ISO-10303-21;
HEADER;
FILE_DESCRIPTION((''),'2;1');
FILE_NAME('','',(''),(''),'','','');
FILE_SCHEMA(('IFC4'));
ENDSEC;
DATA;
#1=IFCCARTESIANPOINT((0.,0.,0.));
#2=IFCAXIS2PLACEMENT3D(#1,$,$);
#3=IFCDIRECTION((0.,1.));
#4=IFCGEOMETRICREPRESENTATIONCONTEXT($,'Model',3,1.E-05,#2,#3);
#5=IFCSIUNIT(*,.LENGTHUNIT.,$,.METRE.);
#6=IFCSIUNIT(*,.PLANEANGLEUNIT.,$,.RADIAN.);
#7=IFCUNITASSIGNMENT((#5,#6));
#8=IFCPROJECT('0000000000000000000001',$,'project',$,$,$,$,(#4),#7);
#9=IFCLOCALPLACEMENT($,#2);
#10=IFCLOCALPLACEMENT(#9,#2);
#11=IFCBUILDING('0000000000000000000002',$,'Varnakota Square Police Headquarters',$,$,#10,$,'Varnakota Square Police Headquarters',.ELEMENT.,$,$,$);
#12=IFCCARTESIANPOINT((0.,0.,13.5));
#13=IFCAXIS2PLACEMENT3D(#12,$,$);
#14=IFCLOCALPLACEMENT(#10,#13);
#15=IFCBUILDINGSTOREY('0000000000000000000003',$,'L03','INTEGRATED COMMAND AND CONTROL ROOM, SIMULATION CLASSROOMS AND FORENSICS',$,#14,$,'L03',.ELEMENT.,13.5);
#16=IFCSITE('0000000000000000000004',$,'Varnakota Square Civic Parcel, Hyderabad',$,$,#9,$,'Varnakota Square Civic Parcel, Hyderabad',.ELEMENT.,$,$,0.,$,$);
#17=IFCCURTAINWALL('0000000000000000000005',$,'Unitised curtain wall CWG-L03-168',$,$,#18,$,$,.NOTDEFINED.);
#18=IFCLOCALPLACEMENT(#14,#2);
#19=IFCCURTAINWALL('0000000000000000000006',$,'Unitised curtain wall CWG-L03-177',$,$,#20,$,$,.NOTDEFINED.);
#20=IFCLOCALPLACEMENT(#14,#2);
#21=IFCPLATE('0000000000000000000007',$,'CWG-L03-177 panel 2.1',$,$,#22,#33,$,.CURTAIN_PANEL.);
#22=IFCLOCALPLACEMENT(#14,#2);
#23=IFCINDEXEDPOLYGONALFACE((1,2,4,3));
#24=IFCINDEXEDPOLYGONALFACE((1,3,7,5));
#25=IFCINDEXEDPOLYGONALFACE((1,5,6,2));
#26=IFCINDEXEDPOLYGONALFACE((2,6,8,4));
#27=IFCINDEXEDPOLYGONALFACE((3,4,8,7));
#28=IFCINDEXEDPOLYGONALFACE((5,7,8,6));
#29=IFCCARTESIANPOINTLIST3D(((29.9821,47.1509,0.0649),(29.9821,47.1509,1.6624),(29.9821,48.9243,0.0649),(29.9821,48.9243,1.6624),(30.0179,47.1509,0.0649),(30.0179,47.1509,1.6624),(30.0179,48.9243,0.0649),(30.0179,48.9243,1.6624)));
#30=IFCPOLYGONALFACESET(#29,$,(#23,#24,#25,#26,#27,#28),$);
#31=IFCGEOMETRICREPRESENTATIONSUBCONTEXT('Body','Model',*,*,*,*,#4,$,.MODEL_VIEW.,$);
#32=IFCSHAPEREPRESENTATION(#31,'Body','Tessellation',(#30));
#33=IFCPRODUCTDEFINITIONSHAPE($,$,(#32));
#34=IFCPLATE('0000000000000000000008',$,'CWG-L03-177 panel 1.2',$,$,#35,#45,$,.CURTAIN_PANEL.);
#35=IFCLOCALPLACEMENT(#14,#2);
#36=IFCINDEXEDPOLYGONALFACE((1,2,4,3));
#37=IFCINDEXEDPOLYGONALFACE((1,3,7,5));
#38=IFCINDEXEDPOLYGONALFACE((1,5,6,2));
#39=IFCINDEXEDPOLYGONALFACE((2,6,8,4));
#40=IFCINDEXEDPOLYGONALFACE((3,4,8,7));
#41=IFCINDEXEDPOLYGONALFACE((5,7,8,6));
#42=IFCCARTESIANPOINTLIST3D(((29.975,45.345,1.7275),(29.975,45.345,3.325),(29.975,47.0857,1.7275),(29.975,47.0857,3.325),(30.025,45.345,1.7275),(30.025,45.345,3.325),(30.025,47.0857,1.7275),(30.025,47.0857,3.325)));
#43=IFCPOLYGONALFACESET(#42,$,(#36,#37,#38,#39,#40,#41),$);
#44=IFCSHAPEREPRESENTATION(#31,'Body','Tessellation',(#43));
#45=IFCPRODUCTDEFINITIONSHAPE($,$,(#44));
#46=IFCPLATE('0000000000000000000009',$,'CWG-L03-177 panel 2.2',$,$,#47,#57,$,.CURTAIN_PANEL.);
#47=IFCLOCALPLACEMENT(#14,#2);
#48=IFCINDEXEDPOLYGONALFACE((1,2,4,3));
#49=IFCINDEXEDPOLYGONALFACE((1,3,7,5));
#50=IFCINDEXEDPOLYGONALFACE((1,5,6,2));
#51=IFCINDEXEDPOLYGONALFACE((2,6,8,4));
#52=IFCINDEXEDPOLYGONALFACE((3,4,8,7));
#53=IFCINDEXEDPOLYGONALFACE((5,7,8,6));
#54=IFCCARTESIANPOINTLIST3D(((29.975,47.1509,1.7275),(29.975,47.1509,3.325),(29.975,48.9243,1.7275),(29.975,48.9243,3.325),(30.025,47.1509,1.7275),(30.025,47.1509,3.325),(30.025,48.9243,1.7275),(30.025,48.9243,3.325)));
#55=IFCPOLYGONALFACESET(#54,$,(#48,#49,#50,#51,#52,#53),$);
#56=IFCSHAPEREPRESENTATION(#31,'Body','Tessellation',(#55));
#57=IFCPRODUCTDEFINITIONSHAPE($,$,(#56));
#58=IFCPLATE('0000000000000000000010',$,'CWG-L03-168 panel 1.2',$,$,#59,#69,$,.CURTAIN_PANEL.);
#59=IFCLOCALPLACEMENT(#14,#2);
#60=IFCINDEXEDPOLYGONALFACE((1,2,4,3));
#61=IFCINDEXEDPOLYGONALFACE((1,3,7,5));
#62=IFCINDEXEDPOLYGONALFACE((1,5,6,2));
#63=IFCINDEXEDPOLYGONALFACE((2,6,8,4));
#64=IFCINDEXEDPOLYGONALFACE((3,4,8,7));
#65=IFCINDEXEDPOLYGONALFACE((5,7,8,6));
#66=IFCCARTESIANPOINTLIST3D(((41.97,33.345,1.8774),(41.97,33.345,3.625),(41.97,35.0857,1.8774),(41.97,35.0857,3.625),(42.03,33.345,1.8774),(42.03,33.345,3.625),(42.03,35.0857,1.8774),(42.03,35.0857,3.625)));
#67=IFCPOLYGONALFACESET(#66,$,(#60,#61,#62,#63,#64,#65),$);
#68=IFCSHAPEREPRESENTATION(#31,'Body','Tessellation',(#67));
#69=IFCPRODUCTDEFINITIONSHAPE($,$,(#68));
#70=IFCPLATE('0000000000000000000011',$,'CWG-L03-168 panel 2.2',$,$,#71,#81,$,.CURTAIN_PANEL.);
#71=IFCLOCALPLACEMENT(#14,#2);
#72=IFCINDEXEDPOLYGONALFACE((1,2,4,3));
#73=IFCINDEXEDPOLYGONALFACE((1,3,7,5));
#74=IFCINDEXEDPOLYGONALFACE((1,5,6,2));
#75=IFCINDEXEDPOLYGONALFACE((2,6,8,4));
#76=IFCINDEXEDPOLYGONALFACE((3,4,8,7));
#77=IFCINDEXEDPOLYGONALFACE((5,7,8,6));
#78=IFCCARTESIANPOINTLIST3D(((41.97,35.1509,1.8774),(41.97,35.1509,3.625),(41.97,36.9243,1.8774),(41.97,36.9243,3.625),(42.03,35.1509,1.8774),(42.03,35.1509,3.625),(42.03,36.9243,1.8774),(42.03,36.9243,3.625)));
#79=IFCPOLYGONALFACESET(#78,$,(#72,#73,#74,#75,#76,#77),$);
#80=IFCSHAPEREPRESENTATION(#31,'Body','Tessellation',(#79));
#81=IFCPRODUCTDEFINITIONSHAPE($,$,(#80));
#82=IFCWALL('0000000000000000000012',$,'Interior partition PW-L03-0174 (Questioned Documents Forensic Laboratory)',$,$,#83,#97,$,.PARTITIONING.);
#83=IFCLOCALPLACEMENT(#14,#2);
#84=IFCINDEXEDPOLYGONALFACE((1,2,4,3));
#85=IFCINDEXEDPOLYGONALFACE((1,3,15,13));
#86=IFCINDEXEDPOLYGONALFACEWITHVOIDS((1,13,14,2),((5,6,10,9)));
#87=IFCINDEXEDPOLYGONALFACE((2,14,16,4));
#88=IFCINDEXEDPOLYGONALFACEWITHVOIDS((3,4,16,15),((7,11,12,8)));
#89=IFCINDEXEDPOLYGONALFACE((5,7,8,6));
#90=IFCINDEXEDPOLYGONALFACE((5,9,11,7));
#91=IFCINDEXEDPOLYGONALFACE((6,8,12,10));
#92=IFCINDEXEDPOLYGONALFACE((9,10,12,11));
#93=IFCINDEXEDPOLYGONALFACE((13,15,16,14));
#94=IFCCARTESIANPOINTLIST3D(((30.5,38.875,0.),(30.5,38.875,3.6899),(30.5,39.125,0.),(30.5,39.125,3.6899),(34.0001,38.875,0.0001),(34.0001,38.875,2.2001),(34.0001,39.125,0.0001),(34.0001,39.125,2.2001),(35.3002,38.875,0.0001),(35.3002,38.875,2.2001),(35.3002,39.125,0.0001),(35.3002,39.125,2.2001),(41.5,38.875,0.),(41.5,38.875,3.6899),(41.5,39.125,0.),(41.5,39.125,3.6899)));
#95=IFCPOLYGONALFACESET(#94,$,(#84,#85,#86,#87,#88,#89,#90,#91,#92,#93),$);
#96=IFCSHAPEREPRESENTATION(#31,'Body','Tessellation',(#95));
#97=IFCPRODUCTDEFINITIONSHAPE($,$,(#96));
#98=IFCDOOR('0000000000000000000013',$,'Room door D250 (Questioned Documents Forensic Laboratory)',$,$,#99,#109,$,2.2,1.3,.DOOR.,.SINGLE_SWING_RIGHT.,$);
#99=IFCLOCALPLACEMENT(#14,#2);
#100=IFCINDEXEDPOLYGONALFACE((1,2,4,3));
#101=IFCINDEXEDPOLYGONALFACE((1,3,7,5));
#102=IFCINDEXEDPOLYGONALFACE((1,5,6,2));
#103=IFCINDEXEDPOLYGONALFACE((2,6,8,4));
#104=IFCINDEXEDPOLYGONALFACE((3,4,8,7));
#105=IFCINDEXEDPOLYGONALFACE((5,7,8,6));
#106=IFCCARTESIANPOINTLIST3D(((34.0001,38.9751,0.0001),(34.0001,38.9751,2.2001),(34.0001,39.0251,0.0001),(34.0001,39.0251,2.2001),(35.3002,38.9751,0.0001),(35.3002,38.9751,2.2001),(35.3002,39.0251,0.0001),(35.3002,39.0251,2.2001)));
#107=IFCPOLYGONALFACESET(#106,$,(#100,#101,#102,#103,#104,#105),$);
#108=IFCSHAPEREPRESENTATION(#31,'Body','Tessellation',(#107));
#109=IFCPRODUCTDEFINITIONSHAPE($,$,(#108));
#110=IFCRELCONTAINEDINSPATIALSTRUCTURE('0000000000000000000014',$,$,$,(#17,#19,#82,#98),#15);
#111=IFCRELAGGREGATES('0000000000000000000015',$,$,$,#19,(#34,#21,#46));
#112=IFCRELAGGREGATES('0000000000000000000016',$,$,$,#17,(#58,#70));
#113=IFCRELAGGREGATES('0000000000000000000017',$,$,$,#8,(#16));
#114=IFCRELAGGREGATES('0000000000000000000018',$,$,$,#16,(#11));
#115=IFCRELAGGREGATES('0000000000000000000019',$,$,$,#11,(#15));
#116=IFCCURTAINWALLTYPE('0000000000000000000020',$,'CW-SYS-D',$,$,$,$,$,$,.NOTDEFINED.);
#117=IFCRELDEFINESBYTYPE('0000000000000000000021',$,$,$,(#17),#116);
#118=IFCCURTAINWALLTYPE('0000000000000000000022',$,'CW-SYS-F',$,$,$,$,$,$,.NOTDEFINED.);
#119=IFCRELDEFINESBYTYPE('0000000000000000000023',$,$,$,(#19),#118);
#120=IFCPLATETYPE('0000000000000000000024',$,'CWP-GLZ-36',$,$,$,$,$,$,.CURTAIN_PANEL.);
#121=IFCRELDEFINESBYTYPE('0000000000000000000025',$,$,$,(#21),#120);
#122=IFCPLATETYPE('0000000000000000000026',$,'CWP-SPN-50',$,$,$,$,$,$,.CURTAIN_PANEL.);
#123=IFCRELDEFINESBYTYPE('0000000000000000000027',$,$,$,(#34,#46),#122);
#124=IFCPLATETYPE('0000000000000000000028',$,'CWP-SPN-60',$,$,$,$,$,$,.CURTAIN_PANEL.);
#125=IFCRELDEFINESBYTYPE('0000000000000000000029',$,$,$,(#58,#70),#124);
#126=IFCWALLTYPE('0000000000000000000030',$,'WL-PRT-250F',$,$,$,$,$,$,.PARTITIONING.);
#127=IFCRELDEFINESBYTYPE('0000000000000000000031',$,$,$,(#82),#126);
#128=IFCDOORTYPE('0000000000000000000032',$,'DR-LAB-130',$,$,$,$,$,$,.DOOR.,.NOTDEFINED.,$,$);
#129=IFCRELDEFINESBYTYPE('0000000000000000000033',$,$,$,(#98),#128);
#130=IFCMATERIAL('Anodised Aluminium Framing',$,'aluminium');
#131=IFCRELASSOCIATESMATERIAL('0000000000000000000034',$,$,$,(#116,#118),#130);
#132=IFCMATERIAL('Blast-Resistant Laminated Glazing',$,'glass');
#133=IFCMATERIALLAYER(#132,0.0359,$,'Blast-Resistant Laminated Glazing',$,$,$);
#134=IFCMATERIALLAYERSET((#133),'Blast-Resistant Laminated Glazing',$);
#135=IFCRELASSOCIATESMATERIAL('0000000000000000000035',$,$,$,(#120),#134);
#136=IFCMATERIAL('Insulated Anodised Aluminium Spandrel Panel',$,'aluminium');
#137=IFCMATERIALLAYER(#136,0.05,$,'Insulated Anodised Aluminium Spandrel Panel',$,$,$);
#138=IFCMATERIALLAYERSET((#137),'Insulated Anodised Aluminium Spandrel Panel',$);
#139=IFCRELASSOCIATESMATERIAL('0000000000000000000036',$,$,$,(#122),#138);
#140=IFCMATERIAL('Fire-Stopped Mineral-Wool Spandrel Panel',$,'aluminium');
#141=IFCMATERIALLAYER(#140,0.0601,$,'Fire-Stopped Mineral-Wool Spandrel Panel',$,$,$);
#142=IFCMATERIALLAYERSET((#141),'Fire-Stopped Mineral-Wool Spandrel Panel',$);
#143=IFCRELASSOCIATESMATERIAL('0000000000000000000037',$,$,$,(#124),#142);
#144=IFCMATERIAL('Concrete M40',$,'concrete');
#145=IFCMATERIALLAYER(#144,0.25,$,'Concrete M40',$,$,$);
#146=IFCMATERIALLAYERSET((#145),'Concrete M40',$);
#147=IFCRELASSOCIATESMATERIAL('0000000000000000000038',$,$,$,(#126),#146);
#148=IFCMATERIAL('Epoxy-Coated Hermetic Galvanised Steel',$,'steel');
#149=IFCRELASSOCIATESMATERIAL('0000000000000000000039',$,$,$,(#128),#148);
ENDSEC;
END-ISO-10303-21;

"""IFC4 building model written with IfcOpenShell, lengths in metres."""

from ifc_helpers import new_model, si_unit, direction, frame, frame_2d, origin, origin_2d, place, context, subcontext, project, spatial, rectangle, extrude, material, layer, layer_set, type_object, element, fill, aggregate, save


model = new_model("IFC4")

# Units and contexts
model_context = context("Model", 3, precision=1e-05, world=origin(), true_north=direction((0.0, 1.0)))
body_context = subcontext(model_context, "Body", "Model", "MODEL_VIEW")
ifc_project = project(units=[si_unit("LENGTHUNIT", "METRE"), si_unit("PLANEANGLEUNIT", "RADIAN")], contexts=[model_context])

# Site, building, storey
site_placement = place(None, origin())
site = spatial("IfcSite", under=ifc_project, at=site_placement, Name="Varnakota Square Civic Parcel, Hyderabad", LongName="Varnakota Square Civic Parcel, Hyderabad", CompositionType="ELEMENT", RefElevation=0.0)
building_placement = place(site_placement, origin())
building = spatial("IfcBuilding", under=site, at=building_placement, Name="Varnakota Square Police Headquarters", LongName="Varnakota Square Police Headquarters", CompositionType="ELEMENT")
storey_placement = place(building_placement, frame((0.0, 0.0, 13.5)))
storey = spatial("IfcBuildingStorey", under=building, at=storey_placement, Name="L03", Description="INTEGRATED COMMAND AND CONTROL ROOM, SIMULATION CLASSROOMS AND FORENSICS", LongName="L03", CompositionType="ELEMENT", Elevation=13.5)

# Curtain walls
ifc_material_1 = material(Name="Anodised Aluminium Framing", Category="aluminium")
curtain_wall_type_1 = type_object("IfcCurtainWallType", Name="CW-SYS-D", PredefinedType="NOTDEFINED", material=ifc_material_1)
curtain_wall_1_placement = place(storey_placement, origin())
curtain_wall_1 = element("IfcCurtainWall", 1, at=curtain_wall_1_placement, inside=storey, type_object=curtain_wall_type_1, Name="Unitised curtain wall CWG-L03-168", PredefinedType="NOTDEFINED")
curtain_wall_type_2 = type_object("IfcCurtainWallType", Name="CW-SYS-F", PredefinedType="NOTDEFINED", material=ifc_material_1)
curtain_wall_2_placement = place(storey_placement, origin())
curtain_wall_2 = element("IfcCurtainWall", 2, at=curtain_wall_2_placement, inside=storey, type_object=curtain_wall_type_2, Name="Unitised curtain wall CWG-L03-177", PredefinedType="NOTDEFINED")

# Plates
ifc_material_2 = material(Name="Blast-Resistant Laminated Glazing", Category="glass")
ifc_layer_1 = layer(ifc_material_2, 0.0359, Name="Blast-Resistant Laminated Glazing")
ifc_layer_set_1 = layer_set([ifc_layer_1], Name="Blast-Resistant Laminated Glazing")
plate_type_1 = type_object("IfcPlateType", Name="CWP-GLZ-36", PredefinedType="CURTAIN_PANEL", material=ifc_layer_set_1)
plate_1_placement = place(storey_placement, frame((30.0, 48.0376, 0.0649), z_axis=(0.0, 0.0, 1.0), x_axis=(0.0, 1.0, 0.0)))
plate_1 = element("IfcPlate", 3, at=plate_1_placement, type_object=plate_type_1, Name="CWG-L03-177 panel 2.1", PredefinedType="CURTAIN_PANEL", context=body_context, shape_type="SweptSolid", body=[
    extrude(rectangle(XDim=1.7734, YDim=0.0359, at=origin_2d()), origin(), (0.0, 0.0, 1.0), 1.5974),
])
ifc_material_3 = material(Name="Insulated Anodised Aluminium Spandrel Panel", Category="aluminium")
ifc_layer_2 = layer(ifc_material_3, 0.05, Name="Insulated Anodised Aluminium Spandrel Panel")
ifc_layer_set_2 = layer_set([ifc_layer_2], Name="Insulated Anodised Aluminium Spandrel Panel")
plate_type_2 = type_object("IfcPlateType", Name="CWP-SPN-50", PredefinedType="CURTAIN_PANEL", material=ifc_layer_set_2)
plate_2_placement = place(storey_placement, frame((30.0, 46.2153, 1.7275), z_axis=(0.0, 0.0, 1.0), x_axis=(0.0, 1.0, 0.0)))
plate_2 = element("IfcPlate", 4, at=plate_2_placement, type_object=plate_type_2, Name="CWG-L03-177 panel 1.2", PredefinedType="CURTAIN_PANEL", context=body_context, shape_type="SweptSolid", body=[
    extrude(rectangle(XDim=1.7407, YDim=0.05, at=origin_2d()), origin(), (0.0, 0.0, 1.0), 1.5974),
])
plate_3_placement = place(storey_placement, frame((30.0, 48.0376, 1.7275), z_axis=(0.0, 0.0, 1.0), x_axis=(0.0, 1.0, 0.0)))
plate_3 = element("IfcPlate", 5, at=plate_3_placement, type_object=plate_type_2, Name="CWG-L03-177 panel 2.2", PredefinedType="CURTAIN_PANEL", context=body_context, shape_type="SweptSolid", body=[
    extrude(rectangle(XDim=1.7734, YDim=0.05, at=origin_2d()), origin(), (0.0, 0.0, 1.0), 1.5974),
])
aggregate(curtain_wall_2, [plate_2, plate_1, plate_3])
ifc_material_4 = material(Name="Fire-Stopped Mineral-Wool Spandrel Panel", Category="aluminium")
ifc_layer_3 = layer(ifc_material_4, 0.0601, Name="Fire-Stopped Mineral-Wool Spandrel Panel")
ifc_layer_set_3 = layer_set([ifc_layer_3], Name="Fire-Stopped Mineral-Wool Spandrel Panel")
plate_type_3 = type_object("IfcPlateType", Name="CWP-SPN-60", PredefinedType="CURTAIN_PANEL", material=ifc_layer_set_3)
plate_4_placement = place(storey_placement, frame((42.0, 34.2153, 1.8774), z_axis=(0.0, 0.0, 1.0), x_axis=(0.0, 1.0, 0.0)))
plate_4 = element("IfcPlate", 6, at=plate_4_placement, type_object=plate_type_3, Name="CWG-L03-168 panel 1.2", PredefinedType="CURTAIN_PANEL", context=body_context, shape_type="SweptSolid", body=[
    extrude(rectangle(XDim=1.7407, YDim=0.0601, at=origin_2d()), origin(), (0.0, 0.0, 1.0), 1.7476),
])
plate_5_placement = place(storey_placement, frame((42.0, 36.0376, 1.8774), z_axis=(0.0, 0.0, 1.0), x_axis=(0.0, 1.0, 0.0)))
plate_5 = element("IfcPlate", 7, at=plate_5_placement, type_object=plate_type_3, Name="CWG-L03-168 panel 2.2", PredefinedType="CURTAIN_PANEL", context=body_context, shape_type="SweptSolid", body=[
    extrude(rectangle(XDim=1.7734, YDim=0.0601, at=origin_2d()), origin(), (0.0, 0.0, 1.0), 1.7476),
])
aggregate(curtain_wall_1, [plate_4, plate_5])

# Wall, opening, door
ifc_material_5 = material(Name="Concrete M40", Category="concrete")
ifc_layer_4 = layer(ifc_material_5, 0.25, Name="Concrete M40")
ifc_layer_set_4 = layer_set([ifc_layer_4], Name="Concrete M40")
wall_type = type_object("IfcWallType", Name="WL-PRT-250F", PredefinedType="PARTITIONING", material=ifc_layer_set_4)
wall_placement = place(storey_placement, frame((41.5, 39.0, 0.0), z_axis=(0.0, 0.0, 1.0), x_axis=(-1.0, 0.0, 0.0)))
wall = element("IfcWall", 8, at=wall_placement, inside=storey, type_object=wall_type, Name="Interior partition PW-L03-0174 (Questioned Documents Forensic Laboratory)", PredefinedType="PARTITIONING", context=body_context, shape_type="SweptSolid", body=[
    extrude(rectangle(XDim=11.0, YDim=0.25, at=frame_2d((5.5, 0.0))), origin(), (0.0, 0.0, 1.0), 3.6899),
])
opening_placement = place(wall_placement, frame((6.2, 0.0, 0.0)))
opening = element("IfcOpeningElement", 9, at=opening_placement, cuts=wall, PredefinedType="OPENING", context=body_context, shape_type="SweptSolid", body=[
    extrude(rectangle(XDim=1.3, YDim=2.2, at=frame_2d((0.6499, 1.1001))), frame((0.0, 0.135, 0.0), z_axis=(0.0, -1.0, 0.0), x_axis=(1.0, 0.0, 0.0)), (0.0, 0.0, 1.0), 0.27),
])
ifc_material_6 = material(Name="Epoxy-Coated Hermetic Galvanised Steel", Category="steel")
door_type = type_object("IfcDoorType", Name="DR-LAB-130", OperationType="NOTDEFINED", PredefinedType="DOOR", material=ifc_material_6)
door_placement = place(opening_placement, origin())
door = element("IfcDoor", 10, at=door_placement, inside=storey, type_object=door_type, Name="Room door D250 (Questioned Documents Forensic Laboratory)", OperationType="SINGLE_SWING_RIGHT", OverallHeight=2.2, OverallWidth=1.3, PredefinedType="DOOR", context=body_context, shape_type="SweptSolid", body=[
    extrude(rectangle(XDim=1.3, YDim=2.2, at=frame_2d((0.6499, 1.1001))), frame((0.0, 0.0249, 0.0), z_axis=(0.0, -1.0, 0.0), x_axis=(1.0, 0.0, 0.0)), (0.0, 0.0, 1.0), 0.05),
])
fill(opening, door)

save(model, "model.ifc")
